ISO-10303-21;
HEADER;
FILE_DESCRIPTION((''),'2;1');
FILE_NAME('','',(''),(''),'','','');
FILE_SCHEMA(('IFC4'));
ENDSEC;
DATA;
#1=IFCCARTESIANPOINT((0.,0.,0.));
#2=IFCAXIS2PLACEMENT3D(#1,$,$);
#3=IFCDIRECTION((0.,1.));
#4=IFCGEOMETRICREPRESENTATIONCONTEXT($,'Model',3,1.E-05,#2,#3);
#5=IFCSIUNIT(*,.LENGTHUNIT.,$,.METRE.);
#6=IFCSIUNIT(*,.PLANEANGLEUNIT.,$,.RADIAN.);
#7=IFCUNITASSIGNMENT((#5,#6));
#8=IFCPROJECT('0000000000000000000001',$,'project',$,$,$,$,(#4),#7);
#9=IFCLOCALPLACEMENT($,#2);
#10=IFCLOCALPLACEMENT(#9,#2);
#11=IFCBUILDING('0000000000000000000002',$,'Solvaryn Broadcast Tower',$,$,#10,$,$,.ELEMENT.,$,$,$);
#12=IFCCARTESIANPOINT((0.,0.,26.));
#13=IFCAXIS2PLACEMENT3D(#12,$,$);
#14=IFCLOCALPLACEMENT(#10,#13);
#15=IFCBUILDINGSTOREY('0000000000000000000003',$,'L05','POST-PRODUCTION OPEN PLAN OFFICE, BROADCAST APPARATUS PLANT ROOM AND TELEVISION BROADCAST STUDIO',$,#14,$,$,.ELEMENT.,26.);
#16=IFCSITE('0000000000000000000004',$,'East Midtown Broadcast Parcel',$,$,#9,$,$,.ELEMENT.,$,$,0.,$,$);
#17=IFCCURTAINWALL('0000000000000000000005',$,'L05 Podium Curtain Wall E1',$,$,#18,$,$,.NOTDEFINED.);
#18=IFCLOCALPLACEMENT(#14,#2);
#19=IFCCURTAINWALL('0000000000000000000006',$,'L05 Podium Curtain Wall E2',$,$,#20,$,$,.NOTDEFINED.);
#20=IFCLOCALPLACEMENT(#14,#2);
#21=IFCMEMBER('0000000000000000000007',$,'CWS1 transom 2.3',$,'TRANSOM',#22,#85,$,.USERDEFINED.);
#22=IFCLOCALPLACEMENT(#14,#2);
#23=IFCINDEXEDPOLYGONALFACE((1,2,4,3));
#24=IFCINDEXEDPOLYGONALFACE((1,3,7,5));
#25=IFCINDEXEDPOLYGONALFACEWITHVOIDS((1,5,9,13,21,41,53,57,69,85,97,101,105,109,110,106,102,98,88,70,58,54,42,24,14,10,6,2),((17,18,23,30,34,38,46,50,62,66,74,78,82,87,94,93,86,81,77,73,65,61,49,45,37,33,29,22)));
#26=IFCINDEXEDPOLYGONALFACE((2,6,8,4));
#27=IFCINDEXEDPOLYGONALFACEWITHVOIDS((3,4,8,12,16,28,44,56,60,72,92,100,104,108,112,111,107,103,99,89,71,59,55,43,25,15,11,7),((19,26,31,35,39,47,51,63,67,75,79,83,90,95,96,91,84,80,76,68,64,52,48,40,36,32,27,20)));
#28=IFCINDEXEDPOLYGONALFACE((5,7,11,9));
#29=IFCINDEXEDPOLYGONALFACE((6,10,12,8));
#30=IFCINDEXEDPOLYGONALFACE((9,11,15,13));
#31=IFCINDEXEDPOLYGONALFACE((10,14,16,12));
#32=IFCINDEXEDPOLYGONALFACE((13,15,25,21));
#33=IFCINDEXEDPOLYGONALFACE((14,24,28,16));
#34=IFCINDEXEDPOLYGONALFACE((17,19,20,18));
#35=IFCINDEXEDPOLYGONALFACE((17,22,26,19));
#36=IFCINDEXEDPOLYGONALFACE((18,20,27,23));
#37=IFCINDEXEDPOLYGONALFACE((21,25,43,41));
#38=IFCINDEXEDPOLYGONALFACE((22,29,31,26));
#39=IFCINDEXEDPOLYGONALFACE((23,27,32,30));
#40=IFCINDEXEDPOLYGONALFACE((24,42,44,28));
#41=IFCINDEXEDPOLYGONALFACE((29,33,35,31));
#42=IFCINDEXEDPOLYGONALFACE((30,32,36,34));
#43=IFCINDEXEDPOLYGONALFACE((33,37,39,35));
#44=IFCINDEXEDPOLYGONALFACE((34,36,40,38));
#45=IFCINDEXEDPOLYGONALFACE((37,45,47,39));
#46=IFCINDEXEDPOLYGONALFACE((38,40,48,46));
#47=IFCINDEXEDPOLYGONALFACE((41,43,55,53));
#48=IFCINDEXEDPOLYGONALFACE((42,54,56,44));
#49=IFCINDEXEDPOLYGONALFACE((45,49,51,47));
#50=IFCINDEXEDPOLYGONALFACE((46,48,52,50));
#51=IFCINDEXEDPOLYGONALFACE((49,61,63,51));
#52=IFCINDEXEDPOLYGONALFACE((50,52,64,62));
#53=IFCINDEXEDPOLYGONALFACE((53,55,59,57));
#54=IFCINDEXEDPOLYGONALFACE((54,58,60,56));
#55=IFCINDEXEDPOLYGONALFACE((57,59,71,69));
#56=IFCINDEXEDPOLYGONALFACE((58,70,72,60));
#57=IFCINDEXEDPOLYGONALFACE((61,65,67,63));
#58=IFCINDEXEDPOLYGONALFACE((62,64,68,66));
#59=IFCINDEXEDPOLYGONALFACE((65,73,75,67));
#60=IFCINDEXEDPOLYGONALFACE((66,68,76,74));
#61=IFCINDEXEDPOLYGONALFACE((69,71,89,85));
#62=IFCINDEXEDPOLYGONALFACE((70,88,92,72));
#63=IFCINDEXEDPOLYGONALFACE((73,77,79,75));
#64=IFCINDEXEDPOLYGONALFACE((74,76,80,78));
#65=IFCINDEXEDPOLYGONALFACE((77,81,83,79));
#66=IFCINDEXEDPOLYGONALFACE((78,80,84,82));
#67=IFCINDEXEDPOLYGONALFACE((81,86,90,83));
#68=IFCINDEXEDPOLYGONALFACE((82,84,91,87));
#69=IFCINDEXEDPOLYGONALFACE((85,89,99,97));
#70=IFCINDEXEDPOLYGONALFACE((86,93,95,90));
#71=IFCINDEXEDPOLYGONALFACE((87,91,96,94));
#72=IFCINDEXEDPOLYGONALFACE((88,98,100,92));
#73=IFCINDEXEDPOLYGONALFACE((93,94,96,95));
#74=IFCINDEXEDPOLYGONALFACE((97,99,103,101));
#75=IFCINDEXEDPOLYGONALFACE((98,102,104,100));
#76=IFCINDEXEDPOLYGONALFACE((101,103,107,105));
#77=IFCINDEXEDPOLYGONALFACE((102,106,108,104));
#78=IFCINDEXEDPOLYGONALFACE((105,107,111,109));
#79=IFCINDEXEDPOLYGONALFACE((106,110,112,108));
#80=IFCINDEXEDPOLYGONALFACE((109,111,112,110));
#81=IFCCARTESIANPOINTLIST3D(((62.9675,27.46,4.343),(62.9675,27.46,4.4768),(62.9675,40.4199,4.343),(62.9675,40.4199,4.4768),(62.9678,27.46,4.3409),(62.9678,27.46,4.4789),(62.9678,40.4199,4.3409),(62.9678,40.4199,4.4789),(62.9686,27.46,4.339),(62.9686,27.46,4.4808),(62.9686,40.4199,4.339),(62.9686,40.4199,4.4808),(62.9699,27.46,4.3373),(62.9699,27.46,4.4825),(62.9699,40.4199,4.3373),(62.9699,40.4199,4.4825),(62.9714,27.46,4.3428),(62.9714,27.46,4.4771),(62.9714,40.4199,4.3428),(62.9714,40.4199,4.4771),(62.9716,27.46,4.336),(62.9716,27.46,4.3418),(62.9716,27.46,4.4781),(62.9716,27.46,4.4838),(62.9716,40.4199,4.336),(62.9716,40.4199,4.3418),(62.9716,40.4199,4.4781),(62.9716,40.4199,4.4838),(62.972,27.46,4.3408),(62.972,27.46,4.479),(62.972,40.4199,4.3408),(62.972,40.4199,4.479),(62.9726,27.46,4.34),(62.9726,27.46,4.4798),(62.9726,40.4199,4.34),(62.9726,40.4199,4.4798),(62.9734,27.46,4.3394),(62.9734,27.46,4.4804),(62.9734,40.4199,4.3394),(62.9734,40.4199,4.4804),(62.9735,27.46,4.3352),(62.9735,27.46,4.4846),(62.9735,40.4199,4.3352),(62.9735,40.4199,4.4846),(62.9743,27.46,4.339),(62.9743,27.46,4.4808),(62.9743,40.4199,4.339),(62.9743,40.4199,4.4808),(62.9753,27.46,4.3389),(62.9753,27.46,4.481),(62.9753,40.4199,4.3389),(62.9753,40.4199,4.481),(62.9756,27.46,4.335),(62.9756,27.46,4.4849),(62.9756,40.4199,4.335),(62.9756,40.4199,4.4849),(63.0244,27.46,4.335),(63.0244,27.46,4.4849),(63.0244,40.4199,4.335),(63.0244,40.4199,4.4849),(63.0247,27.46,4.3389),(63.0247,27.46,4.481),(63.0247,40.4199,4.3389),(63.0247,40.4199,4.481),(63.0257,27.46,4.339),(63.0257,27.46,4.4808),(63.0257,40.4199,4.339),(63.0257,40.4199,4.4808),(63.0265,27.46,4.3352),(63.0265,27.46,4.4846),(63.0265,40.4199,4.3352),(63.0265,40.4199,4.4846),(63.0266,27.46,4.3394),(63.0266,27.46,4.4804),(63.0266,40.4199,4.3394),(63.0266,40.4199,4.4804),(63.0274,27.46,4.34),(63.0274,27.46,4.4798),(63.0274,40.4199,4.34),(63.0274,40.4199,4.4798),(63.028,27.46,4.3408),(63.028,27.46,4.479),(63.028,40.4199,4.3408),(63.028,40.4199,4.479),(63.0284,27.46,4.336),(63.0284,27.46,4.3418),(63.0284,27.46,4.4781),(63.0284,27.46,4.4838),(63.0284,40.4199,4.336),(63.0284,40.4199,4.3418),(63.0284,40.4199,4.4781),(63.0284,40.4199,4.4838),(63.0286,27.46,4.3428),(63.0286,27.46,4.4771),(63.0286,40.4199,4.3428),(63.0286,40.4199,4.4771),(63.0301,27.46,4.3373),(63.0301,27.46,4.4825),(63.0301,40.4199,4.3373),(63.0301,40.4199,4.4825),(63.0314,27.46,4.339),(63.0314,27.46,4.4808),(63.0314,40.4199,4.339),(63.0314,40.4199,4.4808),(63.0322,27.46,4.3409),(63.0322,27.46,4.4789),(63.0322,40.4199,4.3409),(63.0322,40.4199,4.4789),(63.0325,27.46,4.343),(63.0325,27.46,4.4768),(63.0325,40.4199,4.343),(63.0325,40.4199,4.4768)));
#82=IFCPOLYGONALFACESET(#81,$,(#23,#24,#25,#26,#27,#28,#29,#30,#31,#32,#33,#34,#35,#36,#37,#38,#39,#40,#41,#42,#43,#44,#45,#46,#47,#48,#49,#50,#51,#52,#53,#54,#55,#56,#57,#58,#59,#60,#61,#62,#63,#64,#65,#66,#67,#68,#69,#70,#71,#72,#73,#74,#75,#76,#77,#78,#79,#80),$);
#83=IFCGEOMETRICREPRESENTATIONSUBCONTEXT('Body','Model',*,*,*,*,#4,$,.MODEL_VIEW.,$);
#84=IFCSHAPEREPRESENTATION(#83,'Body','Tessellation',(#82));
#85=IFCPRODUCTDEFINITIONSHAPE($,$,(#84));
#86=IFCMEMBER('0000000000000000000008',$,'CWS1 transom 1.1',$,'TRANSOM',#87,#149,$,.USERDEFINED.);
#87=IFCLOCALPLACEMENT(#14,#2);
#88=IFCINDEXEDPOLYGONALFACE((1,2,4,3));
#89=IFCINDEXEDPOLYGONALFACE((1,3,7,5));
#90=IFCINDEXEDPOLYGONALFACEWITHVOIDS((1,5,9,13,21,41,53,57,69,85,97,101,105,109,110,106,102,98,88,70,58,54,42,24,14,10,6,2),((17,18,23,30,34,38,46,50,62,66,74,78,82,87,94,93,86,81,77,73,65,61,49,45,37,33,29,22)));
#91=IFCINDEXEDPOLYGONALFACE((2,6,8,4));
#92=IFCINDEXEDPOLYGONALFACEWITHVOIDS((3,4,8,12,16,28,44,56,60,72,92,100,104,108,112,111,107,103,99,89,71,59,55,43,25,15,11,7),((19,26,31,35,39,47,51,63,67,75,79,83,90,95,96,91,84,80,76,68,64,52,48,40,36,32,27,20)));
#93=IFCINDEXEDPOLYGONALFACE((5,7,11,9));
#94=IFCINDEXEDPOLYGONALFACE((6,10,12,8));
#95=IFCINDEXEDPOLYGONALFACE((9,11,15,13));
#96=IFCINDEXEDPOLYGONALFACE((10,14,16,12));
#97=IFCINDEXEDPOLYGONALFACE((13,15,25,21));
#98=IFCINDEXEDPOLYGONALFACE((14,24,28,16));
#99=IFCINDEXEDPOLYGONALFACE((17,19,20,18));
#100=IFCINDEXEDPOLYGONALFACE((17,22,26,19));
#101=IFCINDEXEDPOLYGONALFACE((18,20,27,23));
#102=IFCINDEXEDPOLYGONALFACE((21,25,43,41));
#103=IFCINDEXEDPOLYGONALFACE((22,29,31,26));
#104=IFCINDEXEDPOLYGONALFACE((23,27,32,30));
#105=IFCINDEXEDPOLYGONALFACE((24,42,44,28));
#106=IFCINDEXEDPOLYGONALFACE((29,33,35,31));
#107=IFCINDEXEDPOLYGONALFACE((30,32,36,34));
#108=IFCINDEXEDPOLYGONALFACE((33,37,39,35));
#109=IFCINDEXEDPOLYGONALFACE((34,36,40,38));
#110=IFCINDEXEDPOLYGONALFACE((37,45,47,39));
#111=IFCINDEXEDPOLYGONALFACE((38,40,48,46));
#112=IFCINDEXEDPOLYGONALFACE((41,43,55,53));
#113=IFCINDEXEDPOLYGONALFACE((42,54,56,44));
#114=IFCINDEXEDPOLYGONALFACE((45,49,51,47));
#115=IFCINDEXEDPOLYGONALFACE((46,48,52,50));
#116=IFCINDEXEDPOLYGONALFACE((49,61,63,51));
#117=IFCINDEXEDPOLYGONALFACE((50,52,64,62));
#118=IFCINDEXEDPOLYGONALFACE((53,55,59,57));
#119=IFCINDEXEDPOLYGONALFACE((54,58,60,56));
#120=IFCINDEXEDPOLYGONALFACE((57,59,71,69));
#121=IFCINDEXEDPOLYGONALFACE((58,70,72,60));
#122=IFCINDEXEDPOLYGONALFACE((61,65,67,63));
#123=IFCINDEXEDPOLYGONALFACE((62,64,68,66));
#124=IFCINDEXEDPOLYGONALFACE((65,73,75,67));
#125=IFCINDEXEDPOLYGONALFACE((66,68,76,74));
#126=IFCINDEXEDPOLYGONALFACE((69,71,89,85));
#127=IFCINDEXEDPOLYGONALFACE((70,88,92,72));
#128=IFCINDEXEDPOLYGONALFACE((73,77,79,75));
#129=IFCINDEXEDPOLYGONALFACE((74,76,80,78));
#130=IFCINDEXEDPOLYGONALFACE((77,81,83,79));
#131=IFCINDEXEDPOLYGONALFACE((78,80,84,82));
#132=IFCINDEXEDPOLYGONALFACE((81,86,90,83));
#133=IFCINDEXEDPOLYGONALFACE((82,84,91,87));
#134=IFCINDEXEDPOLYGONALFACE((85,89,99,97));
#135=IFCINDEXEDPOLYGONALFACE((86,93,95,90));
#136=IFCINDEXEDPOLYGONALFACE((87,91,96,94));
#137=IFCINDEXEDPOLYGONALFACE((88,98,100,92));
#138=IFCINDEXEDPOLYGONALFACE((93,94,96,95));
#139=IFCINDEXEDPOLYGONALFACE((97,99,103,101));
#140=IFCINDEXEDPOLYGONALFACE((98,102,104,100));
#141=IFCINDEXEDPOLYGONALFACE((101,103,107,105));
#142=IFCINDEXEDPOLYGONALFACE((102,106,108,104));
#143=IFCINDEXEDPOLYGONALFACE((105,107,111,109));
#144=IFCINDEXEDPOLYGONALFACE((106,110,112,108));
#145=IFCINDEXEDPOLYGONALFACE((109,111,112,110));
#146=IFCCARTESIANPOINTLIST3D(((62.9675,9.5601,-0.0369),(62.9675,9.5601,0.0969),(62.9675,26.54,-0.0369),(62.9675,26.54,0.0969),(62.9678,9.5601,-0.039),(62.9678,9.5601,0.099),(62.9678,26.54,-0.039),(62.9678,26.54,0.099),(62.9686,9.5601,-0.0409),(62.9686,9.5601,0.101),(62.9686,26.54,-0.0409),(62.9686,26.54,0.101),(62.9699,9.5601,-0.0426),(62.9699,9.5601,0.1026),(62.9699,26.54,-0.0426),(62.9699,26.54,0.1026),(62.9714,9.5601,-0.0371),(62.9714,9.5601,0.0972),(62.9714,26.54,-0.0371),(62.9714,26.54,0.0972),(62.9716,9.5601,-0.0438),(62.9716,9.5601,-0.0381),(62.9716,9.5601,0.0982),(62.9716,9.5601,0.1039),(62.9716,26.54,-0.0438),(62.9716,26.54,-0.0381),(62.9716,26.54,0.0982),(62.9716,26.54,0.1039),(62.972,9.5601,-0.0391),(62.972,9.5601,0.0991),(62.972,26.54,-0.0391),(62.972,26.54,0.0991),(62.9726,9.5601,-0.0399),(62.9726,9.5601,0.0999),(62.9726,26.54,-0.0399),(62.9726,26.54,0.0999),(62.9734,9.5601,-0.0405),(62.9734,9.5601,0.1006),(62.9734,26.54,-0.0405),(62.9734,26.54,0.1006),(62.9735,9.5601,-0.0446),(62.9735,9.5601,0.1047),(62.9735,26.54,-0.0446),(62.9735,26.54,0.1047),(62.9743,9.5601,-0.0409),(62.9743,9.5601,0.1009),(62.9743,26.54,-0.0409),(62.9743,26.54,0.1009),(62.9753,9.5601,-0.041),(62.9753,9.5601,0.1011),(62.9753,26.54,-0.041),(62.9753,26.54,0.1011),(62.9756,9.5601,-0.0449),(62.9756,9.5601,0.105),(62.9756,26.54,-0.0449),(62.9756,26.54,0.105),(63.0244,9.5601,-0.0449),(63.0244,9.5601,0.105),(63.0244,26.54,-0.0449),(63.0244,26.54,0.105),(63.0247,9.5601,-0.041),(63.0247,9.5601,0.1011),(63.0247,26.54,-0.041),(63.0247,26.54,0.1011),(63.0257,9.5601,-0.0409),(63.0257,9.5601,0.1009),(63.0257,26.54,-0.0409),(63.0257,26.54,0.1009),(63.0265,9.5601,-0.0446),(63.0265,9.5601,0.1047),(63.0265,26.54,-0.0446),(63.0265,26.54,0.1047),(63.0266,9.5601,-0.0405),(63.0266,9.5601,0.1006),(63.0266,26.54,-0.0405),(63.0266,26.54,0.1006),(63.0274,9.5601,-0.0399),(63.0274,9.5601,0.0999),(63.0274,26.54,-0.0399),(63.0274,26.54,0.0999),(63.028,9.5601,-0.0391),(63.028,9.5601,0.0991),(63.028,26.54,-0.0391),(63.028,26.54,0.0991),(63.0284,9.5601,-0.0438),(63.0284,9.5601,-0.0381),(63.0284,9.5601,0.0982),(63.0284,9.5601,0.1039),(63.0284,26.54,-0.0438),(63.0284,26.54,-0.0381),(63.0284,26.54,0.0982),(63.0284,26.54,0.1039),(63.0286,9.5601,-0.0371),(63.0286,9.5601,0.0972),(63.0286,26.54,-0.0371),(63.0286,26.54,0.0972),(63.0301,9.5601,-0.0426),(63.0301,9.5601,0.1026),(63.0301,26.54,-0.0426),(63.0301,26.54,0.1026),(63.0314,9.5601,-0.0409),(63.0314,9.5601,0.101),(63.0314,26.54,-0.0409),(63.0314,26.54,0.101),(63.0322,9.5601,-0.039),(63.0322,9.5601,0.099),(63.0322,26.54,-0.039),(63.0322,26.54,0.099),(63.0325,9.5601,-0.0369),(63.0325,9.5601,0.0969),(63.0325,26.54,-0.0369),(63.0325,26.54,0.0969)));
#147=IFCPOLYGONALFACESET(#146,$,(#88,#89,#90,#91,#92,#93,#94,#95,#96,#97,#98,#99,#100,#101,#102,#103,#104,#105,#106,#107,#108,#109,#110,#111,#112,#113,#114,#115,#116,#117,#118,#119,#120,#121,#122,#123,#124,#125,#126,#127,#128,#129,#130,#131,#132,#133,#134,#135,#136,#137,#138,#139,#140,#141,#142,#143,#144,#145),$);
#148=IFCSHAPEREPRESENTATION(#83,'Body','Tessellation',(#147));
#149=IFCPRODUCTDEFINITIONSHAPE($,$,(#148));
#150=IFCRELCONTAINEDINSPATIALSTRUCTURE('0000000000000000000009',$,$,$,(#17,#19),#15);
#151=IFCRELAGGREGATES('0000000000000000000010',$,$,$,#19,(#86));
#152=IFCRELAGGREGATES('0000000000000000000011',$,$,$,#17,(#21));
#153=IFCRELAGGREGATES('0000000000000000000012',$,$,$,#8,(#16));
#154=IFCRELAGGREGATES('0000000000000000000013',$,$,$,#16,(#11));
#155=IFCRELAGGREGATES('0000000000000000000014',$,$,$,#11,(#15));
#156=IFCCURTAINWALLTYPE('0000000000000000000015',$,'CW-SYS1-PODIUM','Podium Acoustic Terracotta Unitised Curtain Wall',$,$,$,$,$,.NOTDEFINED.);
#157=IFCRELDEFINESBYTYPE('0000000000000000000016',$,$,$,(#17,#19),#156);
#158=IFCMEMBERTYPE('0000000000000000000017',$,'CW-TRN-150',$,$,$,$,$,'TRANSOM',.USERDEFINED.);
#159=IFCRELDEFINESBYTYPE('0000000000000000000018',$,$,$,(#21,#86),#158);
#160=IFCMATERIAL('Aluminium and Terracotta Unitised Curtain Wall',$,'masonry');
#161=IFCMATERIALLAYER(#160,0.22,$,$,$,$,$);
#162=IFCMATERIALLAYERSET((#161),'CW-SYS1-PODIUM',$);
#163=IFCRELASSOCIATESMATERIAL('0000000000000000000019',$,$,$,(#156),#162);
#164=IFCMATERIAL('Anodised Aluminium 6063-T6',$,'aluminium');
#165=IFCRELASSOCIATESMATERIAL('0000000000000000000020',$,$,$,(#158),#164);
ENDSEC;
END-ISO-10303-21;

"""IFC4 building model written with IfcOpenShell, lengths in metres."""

from ifc_helpers import new_model, si_unit, direction, frame, origin, origin_2d, place, context, subcontext, project, spatial, hollow_rectangle, extrude, material, layer, layer_set, material_profile, profile_set, type_object, element, aggregate, save


model = new_model("IFC4")

# Units and contexts
model_context = context("Model", 3, precision=1e-05, world=origin(), true_north=direction((0.0, 1.0)))
body_context = subcontext(model_context, "Body", "Model", "MODEL_VIEW")
ifc_project = project(units=[si_unit("LENGTHUNIT", "METRE"), si_unit("PLANEANGLEUNIT", "RADIAN")], contexts=[model_context])

# Site, building, storey
site_placement = place(None, origin())
site = spatial("IfcSite", under=ifc_project, at=site_placement, Name="East Midtown Broadcast Parcel", CompositionType="ELEMENT", RefElevation=0.0)
building_placement = place(site_placement, origin())
building = spatial("IfcBuilding", under=site, at=building_placement, Name="Solvaryn Broadcast Tower", CompositionType="ELEMENT")
storey_placement = place(building_placement, frame((0.0, 0.0, 26.0)))
storey = spatial("IfcBuildingStorey", under=building, at=storey_placement, Name="L05", Description="POST-PRODUCTION OPEN PLAN OFFICE, BROADCAST APPARATUS PLANT ROOM AND TELEVISION BROADCAST STUDIO", CompositionType="ELEMENT", Elevation=26.0)

# Curtain wall
ifc_material_1 = material(Name="Aluminium and Terracotta Unitised Curtain Wall", Category="masonry")
ifc_layer_1 = layer(ifc_material_1, 0.22)
ifc_layer_set_1 = layer_set([ifc_layer_1], Name="CW-SYS1-PODIUM")
curtain_wall_type = type_object("IfcCurtainWallType", Name="CW-SYS1-PODIUM", Description="Podium Acoustic Terracotta Unitised Curtain Wall", PredefinedType="NOTDEFINED", material=ifc_layer_set_1)
curtain_wall_1_placement = place(storey_placement, origin())
curtain_wall_1 = element("IfcCurtainWall", 1, at=curtain_wall_1_placement, inside=storey, type_object=curtain_wall_type, Name="L05 Podium Curtain Wall E1", PredefinedType="NOTDEFINED")

# Curtain wall
curtain_wall_2_placement = place(storey_placement, origin())
curtain_wall_2 = element("IfcCurtainWall", 2, at=curtain_wall_2_placement, inside=storey, type_object=curtain_wall_type, Name="L05 Podium Curtain Wall E2", PredefinedType="NOTDEFINED")

# Members
ifc_material_2 = material(Name="Anodised Aluminium 6063-T6", Category="aluminium")
ifc_material_profile_1 = material_profile(ifc_material_2, hollow_rectangle(XDim=0.0649, YDim=0.1499, WallThickness=0.0039, InnerFilletRadius=0.0039, OuterFilletRadius=0.0081, at=origin_2d()))
ifc_profile_set_1 = profile_set([ifc_material_profile_1], Name="Anodised Aluminium 6063-T6")
member_type_1 = type_object("IfcMemberType", Name="CW-TRN-150", ElementType="TRANSOM", PredefinedType="USERDEFINED", material=ifc_profile_set_1)
member_1_placement = place(storey_placement, frame((63.0, 40.4199, 4.4099), z_axis=(0.0, -1.0, 0.0), x_axis=(1.0, 0.0, 0.0)))
member_1 = element("IfcMember", 3, at=member_1_placement, type_object=member_type_1, Name="CWS1 transom 2.3", ObjectType="TRANSOM", PredefinedType="USERDEFINED", context=body_context, shape_type="SweptSolid", body=[
    extrude(hollow_rectangle(XDim=0.0649, YDim=0.1499, WallThickness=0.0039, InnerFilletRadius=0.0039, OuterFilletRadius=0.0081, at=origin_2d()), origin(), (0.0, 0.0, 1.0), 12.96),
])
member_2_placement = place(storey_placement, frame((63.0, 26.54, 0.03), z_axis=(0.0, -1.0, 0.0), x_axis=(1.0, 0.0, 0.0)))
member_2 = element("IfcMember", 4, at=member_2_placement, type_object=member_type_1, Name="CWS1 transom 1.1", ObjectType="TRANSOM", PredefinedType="USERDEFINED", context=body_context, shape_type="SweptSolid", body=[
    extrude(hollow_rectangle(XDim=0.0649, YDim=0.1499, WallThickness=0.0039, InnerFilletRadius=0.0039, OuterFilletRadius=0.0081, at=origin_2d()), origin(), (0.0, 0.0, 1.0), 16.98),
])
aggregate(curtain_wall_2, [member_2])

aggregate(curtain_wall_1, [member_1])

save(model, "model.ifc")
